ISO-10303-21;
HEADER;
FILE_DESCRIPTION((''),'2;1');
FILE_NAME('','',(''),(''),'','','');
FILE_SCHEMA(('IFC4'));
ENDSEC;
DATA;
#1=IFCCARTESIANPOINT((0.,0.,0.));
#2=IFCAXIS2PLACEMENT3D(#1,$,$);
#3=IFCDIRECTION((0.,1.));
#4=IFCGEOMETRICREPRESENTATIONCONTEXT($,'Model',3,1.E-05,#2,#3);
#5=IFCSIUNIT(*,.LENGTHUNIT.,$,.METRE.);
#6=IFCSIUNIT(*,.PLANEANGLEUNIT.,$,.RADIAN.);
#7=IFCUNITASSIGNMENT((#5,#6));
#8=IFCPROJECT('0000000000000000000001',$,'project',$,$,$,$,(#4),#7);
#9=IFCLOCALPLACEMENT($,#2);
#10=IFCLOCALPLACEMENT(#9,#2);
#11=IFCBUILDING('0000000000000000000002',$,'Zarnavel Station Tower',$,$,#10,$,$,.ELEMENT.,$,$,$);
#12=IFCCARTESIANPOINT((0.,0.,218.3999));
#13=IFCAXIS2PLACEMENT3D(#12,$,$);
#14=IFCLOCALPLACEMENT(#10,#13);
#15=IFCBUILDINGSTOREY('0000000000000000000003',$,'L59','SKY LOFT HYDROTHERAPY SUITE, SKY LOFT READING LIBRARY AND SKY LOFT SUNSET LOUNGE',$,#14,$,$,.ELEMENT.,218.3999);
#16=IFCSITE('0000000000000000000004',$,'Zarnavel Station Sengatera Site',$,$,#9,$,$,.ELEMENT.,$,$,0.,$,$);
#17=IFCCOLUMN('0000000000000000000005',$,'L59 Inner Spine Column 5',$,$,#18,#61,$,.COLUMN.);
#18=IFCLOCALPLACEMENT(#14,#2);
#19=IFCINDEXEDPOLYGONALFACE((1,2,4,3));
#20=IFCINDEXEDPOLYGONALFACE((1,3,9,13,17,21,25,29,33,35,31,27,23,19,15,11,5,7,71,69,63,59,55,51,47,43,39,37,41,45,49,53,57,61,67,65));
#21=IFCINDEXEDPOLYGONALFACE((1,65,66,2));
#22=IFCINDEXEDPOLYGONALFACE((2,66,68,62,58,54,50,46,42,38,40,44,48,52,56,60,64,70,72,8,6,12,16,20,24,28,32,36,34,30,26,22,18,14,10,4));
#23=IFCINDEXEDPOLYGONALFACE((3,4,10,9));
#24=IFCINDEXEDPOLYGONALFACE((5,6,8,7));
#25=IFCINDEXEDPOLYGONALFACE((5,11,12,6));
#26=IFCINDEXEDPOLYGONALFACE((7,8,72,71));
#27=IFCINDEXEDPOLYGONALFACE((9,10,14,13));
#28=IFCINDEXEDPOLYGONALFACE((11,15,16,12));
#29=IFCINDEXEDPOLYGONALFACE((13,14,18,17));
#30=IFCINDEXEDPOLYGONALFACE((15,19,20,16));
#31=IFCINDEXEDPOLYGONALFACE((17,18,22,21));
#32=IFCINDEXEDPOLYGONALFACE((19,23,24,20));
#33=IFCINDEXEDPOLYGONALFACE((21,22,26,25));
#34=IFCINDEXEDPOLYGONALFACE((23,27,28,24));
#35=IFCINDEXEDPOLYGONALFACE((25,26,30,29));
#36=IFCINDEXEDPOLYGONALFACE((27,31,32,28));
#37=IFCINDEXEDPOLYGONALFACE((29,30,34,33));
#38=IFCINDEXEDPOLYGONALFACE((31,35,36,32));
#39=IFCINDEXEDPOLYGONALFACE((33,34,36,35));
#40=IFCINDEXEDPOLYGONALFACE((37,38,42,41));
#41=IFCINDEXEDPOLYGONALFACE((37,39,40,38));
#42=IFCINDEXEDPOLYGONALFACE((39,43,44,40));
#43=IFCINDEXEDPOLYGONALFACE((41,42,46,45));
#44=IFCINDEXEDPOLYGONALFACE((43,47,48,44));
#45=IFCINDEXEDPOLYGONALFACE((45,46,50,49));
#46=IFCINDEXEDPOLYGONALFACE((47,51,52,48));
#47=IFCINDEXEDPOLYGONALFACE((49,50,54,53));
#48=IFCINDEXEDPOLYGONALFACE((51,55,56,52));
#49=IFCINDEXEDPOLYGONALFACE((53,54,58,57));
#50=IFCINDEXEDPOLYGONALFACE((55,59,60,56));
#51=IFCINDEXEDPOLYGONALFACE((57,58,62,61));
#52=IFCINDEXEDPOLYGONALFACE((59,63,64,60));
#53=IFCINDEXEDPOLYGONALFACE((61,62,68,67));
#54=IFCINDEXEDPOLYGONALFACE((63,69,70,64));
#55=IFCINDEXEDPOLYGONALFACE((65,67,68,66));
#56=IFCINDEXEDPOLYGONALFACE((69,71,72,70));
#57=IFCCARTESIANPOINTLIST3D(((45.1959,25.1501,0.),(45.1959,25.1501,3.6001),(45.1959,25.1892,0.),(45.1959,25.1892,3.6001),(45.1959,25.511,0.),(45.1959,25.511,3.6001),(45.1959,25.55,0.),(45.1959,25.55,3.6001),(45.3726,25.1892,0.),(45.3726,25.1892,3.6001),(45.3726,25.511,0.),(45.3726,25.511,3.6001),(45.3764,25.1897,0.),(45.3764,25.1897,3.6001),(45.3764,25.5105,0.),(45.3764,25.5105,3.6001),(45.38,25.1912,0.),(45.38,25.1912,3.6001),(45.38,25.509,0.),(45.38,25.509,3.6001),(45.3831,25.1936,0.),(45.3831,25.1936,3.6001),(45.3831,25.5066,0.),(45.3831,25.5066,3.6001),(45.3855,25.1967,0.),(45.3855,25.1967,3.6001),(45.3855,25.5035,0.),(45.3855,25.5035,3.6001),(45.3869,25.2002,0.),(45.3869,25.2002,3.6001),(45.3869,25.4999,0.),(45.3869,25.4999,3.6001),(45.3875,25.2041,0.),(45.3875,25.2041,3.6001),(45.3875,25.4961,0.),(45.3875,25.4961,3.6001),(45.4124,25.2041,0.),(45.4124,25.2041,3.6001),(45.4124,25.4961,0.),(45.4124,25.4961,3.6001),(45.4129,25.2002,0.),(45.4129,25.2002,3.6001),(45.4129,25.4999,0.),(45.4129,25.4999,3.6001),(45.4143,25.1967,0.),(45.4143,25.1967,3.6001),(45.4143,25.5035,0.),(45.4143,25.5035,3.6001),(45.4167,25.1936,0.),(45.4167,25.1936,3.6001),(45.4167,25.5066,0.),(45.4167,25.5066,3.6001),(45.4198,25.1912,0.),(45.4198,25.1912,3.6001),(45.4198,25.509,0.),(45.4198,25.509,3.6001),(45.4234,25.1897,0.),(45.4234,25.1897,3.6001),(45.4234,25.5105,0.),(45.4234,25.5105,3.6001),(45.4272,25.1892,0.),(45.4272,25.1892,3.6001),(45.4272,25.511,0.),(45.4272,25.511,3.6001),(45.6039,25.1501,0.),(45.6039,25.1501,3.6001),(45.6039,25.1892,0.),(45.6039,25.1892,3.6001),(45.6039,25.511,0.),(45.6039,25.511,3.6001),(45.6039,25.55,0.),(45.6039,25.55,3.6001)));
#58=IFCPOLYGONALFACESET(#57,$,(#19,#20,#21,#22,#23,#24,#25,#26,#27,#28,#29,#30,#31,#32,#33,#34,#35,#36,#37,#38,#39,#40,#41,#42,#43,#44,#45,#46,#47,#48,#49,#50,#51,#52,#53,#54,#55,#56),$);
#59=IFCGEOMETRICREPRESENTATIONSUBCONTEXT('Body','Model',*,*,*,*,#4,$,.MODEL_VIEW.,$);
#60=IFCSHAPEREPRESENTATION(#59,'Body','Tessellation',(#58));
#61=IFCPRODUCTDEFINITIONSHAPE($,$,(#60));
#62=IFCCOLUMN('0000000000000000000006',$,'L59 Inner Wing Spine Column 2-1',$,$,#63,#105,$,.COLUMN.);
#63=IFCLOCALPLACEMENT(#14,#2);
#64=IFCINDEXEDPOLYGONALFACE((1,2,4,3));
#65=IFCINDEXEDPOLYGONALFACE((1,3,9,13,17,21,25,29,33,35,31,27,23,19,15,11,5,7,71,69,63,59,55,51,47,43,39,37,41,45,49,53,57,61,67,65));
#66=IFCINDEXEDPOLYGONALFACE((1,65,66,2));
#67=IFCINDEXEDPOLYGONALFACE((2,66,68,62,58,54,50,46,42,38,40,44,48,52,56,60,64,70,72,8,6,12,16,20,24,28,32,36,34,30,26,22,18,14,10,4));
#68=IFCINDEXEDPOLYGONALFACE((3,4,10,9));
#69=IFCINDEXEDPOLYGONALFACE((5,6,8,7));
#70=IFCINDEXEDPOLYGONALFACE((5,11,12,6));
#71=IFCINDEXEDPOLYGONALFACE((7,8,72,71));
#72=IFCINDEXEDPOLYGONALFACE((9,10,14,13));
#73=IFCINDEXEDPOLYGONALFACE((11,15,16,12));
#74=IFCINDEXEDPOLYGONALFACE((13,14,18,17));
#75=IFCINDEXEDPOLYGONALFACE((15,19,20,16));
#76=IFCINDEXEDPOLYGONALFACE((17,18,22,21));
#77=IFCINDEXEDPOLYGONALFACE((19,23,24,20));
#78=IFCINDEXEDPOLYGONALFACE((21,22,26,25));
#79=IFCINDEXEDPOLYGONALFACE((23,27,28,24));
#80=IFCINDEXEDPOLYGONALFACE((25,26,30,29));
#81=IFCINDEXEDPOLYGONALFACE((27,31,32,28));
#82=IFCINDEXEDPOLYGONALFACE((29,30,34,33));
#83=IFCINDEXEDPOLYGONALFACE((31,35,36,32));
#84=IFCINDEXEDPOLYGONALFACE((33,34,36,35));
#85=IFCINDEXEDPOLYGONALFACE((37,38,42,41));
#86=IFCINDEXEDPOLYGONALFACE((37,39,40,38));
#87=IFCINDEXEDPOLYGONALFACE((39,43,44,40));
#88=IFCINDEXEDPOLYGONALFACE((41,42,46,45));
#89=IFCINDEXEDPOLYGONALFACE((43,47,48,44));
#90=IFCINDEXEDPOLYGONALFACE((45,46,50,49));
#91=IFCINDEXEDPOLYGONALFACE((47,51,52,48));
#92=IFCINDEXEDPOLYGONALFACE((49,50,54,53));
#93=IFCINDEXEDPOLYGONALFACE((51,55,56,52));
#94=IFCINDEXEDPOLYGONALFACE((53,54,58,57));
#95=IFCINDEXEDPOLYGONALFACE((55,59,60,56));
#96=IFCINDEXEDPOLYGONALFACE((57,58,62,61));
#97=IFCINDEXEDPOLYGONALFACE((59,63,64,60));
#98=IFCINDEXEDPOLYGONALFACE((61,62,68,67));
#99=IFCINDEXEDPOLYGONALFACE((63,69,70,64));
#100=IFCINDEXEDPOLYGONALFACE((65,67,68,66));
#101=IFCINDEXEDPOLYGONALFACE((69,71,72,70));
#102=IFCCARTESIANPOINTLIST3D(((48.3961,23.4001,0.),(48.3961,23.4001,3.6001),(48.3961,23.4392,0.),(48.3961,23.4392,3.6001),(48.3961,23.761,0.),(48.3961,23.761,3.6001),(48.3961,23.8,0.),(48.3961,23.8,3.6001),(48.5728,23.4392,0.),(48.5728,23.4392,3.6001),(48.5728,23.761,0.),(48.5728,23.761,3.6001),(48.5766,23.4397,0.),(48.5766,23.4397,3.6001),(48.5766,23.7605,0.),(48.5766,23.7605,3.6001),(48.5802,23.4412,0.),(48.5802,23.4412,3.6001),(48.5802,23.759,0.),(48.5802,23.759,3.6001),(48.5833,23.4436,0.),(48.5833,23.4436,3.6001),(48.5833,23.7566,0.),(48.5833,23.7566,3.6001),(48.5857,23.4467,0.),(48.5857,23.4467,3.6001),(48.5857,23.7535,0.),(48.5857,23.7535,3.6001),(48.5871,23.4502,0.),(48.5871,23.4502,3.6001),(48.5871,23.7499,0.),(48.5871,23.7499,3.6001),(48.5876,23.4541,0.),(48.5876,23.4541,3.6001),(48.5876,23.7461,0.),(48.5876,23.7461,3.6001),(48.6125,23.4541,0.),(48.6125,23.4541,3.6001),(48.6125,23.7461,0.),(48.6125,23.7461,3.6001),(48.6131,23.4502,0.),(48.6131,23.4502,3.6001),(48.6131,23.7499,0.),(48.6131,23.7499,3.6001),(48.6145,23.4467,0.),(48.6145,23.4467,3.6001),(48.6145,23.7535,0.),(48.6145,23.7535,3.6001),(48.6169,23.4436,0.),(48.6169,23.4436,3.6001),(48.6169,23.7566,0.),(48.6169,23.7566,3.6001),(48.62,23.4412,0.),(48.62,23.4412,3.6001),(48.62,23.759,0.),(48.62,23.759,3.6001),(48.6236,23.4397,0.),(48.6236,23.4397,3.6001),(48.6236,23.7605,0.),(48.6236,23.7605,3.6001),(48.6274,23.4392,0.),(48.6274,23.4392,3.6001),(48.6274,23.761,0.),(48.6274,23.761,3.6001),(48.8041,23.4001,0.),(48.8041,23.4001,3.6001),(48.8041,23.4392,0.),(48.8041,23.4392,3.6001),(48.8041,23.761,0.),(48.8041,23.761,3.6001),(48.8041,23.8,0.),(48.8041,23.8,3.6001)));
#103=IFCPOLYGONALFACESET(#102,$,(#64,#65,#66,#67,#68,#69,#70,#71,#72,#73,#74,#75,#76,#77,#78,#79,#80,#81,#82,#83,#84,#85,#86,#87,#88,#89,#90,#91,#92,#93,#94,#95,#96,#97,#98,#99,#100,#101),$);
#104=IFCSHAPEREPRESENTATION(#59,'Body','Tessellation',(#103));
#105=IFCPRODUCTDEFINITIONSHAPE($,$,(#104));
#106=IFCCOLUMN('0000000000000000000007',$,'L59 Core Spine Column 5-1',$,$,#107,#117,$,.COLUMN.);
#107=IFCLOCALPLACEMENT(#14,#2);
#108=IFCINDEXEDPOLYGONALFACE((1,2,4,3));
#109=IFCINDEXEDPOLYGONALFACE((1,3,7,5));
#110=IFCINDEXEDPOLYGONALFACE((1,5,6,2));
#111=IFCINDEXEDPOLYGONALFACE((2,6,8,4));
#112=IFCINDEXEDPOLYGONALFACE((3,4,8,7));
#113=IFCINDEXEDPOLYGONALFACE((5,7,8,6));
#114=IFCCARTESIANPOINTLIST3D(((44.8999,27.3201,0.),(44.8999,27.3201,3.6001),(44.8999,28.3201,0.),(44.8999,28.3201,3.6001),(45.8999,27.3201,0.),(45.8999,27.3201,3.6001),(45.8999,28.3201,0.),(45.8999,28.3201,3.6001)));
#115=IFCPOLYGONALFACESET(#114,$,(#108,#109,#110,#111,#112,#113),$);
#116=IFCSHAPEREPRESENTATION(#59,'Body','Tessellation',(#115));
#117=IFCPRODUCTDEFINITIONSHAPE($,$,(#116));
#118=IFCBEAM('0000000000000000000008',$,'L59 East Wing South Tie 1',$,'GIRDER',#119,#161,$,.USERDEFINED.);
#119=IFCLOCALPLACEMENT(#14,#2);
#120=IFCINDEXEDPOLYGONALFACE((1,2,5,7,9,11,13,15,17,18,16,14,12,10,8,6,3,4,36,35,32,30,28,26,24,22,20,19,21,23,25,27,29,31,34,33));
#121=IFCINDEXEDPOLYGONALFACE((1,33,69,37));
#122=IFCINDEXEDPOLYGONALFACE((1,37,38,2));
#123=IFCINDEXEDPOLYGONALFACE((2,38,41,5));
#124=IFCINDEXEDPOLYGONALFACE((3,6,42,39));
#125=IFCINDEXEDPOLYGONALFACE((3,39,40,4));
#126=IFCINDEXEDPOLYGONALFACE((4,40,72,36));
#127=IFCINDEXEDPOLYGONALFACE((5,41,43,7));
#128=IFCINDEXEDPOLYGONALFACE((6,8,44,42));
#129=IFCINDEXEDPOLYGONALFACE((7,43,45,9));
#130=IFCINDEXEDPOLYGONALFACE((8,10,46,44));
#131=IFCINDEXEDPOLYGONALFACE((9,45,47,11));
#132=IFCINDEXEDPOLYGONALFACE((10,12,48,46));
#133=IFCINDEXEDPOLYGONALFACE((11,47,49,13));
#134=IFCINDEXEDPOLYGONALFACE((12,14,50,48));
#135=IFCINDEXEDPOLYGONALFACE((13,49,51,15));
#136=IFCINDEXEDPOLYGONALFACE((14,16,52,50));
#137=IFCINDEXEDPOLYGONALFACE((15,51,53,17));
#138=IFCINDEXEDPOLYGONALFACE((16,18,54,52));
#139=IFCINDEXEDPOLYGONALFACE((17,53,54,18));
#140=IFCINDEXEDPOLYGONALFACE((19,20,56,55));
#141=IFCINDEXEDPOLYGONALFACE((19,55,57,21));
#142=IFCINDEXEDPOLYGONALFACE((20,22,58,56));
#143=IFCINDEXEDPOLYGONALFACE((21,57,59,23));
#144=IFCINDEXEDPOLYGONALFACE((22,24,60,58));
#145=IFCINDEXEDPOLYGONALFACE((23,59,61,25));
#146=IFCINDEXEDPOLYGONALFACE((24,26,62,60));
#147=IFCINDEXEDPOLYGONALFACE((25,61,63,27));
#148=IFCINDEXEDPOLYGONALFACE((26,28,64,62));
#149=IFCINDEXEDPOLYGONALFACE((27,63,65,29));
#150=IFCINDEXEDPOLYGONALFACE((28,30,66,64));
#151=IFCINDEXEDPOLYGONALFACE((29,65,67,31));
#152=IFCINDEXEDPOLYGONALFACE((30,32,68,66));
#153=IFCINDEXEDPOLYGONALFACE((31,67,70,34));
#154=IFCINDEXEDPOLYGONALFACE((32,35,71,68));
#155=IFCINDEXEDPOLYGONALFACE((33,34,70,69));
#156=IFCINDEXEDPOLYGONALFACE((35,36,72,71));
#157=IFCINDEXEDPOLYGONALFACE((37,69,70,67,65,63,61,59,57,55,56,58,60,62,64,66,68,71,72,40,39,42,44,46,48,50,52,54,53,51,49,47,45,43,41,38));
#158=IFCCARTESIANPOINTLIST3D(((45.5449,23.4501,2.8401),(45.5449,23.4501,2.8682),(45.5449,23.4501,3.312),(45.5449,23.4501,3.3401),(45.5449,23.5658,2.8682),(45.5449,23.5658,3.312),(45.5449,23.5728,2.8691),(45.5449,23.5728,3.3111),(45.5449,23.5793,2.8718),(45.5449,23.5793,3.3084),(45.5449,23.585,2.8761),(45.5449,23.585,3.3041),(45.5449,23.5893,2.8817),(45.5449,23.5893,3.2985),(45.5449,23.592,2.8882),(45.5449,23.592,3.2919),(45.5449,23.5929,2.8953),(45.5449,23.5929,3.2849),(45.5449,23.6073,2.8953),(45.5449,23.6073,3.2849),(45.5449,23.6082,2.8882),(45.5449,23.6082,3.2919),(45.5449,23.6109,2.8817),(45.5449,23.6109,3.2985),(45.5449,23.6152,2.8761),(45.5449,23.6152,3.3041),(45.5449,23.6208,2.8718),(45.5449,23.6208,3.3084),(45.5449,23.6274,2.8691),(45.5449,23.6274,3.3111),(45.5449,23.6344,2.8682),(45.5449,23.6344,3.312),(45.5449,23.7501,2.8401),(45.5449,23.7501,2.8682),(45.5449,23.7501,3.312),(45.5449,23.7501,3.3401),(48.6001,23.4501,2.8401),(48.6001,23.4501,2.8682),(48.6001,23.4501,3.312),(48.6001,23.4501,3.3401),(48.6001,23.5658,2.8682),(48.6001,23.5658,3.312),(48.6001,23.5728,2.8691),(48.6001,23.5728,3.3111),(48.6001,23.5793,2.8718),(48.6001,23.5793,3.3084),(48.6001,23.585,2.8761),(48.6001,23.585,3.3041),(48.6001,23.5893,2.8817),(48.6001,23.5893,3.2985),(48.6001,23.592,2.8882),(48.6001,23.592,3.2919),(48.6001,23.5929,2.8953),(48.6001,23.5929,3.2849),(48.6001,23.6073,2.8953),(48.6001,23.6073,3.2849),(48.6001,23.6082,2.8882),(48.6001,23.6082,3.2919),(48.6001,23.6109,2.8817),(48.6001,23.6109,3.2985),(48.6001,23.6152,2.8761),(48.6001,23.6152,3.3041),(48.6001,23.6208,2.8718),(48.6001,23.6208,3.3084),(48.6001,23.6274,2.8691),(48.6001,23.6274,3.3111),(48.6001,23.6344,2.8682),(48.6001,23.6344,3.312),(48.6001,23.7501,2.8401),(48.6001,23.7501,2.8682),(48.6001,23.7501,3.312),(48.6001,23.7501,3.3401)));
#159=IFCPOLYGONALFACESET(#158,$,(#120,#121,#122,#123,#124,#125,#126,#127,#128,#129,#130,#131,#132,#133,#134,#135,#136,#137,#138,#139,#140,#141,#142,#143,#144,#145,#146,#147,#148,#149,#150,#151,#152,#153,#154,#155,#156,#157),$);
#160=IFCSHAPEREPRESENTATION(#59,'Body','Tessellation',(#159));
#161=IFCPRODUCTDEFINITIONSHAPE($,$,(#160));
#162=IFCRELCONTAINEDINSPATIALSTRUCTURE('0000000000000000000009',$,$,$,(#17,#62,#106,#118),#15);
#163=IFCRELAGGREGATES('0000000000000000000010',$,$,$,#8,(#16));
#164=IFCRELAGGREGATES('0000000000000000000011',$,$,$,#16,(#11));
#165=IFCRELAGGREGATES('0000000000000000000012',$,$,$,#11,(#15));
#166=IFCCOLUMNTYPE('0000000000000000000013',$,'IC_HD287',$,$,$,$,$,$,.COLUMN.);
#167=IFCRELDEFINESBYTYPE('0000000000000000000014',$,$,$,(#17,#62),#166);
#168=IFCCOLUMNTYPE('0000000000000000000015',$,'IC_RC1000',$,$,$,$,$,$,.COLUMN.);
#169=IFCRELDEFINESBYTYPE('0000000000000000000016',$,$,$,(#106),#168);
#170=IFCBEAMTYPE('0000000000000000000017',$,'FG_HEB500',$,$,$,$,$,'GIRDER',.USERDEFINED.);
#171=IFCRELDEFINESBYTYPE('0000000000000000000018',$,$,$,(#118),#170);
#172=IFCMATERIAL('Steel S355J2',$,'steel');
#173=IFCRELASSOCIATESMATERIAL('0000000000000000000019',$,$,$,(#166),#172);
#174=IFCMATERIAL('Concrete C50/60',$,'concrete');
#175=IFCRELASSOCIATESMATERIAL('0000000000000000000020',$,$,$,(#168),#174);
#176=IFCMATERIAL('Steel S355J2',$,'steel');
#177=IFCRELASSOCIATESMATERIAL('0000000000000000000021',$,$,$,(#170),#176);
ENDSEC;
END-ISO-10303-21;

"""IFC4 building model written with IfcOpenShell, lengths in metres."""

from ifc_helpers import new_model, si_unit, direction, frame, origin, origin_2d, place, context, subcontext, project, spatial, rectangle, i_section, extrude, material, material_profile, profile_set, type_object, element, save


model = new_model("IFC4")

# Units and contexts
model_context = context("Model", 3, precision=1e-05, world=origin(), true_north=direction((0.0, 1.0)))
body_context = subcontext(model_context, "Body", "Model", "MODEL_VIEW")
ifc_project = project(units=[si_unit("LENGTHUNIT", "METRE"), si_unit("PLANEANGLEUNIT", "RADIAN")], contexts=[model_context])

# Site, building, storey
site_placement = place(None, origin())
site = spatial("IfcSite", under=ifc_project, at=site_placement, Name="Zarnavel Station Sengatera Site", CompositionType="ELEMENT", RefElevation=0.0)
building_placement = place(site_placement, origin())
building = spatial("IfcBuilding", under=site, at=building_placement, Name="Zarnavel Station Tower", CompositionType="ELEMENT")
storey_placement = place(building_placement, frame((0.0, 0.0, 218.3999)))
storey = spatial("IfcBuildingStorey", under=building, at=storey_placement, Name="L59", Description="SKY LOFT HYDROTHERAPY SUITE, SKY LOFT READING LIBRARY AND SKY LOFT SUNSET LOUNGE", CompositionType="ELEMENT", Elevation=218.3999)

# Columns
ifc_material_1 = material(Name="Steel S355J2", Category="steel")
ifc_material_profile_1 = material_profile(ifc_material_1, i_section(OverallWidth=0.408, OverallDepth=0.3999, WebThickness=0.0249, FlangeThickness=0.0391, FilletRadius=0.0149, at=origin_2d()), Name="HD400x287")
ifc_profile_set_1 = profile_set([ifc_material_profile_1], Name="Steel S355J2")
column_type_1 = type_object("IfcColumnType", Name="IC_HD287", PredefinedType="COLUMN", material=ifc_profile_set_1)
for number, where, z_axis, x_axis, name in (
    (1, (45.3999, 25.3501, 0.0), (0.0, 0.0, 1.0), (1.0, 0.0, 0.0), "L59 Inner Spine Column 5"),
    (2, (48.6001, 23.6001, 0.0), (0.0, 0.0, 1.0), (1.0, 0.0, 0.0), "L59 Inner Wing Spine Column 2-1"),
):
    element("IfcColumn", number, at=place(storey_placement, frame(where, z_axis=z_axis, x_axis=x_axis)), inside=storey, type_object=column_type_1, Name=name, PredefinedType="COLUMN", context=body_context, shape_type="SweptSolid", body=[
        extrude(i_section(OverallWidth=0.408, OverallDepth=0.3999, WebThickness=0.0249, FlangeThickness=0.0391, FilletRadius=0.0149, at=origin_2d()), origin(), (0.0, 0.0, 1.0), 3.6001),
    ])
ifc_material_2 = material(Name="Concrete C50/60", Category="concrete")
ifc_material_profile_2 = material_profile(ifc_material_2, rectangle(XDim=1.0, YDim=1.0, at=origin_2d()), Name="RC1000x1000")
ifc_profile_set_2 = profile_set([ifc_material_profile_2], Name="Concrete C50/60")
column_type_2 = type_object("IfcColumnType", Name="IC_RC1000", PredefinedType="COLUMN", material=ifc_profile_set_2)
column_placement = place(storey_placement, frame((45.3999, 27.8201, 0.0), z_axis=(0.0, 0.0, 1.0), x_axis=(1.0, 0.0, 0.0)))
element("IfcColumn", 3, at=column_placement, inside=storey, type_object=column_type_2, Name="L59 Core Spine Column 5-1", PredefinedType="COLUMN", context=body_context, shape_type="SweptSolid", body=[
    extrude(rectangle(XDim=1.0, YDim=1.0, at=origin_2d()), origin(), (0.0, 0.0, 1.0), 3.6001),
])

# Beam
ifc_material_3 = material(Name="Steel S355J2", Category="steel")
ifc_material_profile_3 = material_profile(ifc_material_3, i_section(OverallWidth=0.3, OverallDepth=0.5, WebThickness=0.0144, FlangeThickness=0.0281, FilletRadius=0.0271, at=origin_2d()), Name="HEB500")
ifc_profile_set_3 = profile_set([ifc_material_profile_3], Name="Steel S355J2")
beam_type_1 = type_object("IfcBeamType", Name="FG_HEB500", ElementType="GIRDER", PredefinedType="USERDEFINED", material=ifc_profile_set_3)
beam_1_placement = place(storey_placement, frame((45.5449, 23.6001, 3.0901), z_axis=(1.0, 0.0, 0.0), x_axis=(0.0, 1.0, 0.0)))
element("IfcBeam", 4, at=beam_1_placement, inside=storey, type_object=beam_type_1, Name="L59 East Wing South Tie 1", ObjectType="GIRDER", PredefinedType="USERDEFINED", context=body_context, shape_type="SweptSolid", body=[
    extrude(i_section(OverallWidth=0.3, OverallDepth=0.5, WebThickness=0.0144, FlangeThickness=0.0281, FilletRadius=0.0271, at=origin_2d()), origin(), (0.0, 0.0, 1.0), 3.0552),
])

save(model, "model.ifc")
